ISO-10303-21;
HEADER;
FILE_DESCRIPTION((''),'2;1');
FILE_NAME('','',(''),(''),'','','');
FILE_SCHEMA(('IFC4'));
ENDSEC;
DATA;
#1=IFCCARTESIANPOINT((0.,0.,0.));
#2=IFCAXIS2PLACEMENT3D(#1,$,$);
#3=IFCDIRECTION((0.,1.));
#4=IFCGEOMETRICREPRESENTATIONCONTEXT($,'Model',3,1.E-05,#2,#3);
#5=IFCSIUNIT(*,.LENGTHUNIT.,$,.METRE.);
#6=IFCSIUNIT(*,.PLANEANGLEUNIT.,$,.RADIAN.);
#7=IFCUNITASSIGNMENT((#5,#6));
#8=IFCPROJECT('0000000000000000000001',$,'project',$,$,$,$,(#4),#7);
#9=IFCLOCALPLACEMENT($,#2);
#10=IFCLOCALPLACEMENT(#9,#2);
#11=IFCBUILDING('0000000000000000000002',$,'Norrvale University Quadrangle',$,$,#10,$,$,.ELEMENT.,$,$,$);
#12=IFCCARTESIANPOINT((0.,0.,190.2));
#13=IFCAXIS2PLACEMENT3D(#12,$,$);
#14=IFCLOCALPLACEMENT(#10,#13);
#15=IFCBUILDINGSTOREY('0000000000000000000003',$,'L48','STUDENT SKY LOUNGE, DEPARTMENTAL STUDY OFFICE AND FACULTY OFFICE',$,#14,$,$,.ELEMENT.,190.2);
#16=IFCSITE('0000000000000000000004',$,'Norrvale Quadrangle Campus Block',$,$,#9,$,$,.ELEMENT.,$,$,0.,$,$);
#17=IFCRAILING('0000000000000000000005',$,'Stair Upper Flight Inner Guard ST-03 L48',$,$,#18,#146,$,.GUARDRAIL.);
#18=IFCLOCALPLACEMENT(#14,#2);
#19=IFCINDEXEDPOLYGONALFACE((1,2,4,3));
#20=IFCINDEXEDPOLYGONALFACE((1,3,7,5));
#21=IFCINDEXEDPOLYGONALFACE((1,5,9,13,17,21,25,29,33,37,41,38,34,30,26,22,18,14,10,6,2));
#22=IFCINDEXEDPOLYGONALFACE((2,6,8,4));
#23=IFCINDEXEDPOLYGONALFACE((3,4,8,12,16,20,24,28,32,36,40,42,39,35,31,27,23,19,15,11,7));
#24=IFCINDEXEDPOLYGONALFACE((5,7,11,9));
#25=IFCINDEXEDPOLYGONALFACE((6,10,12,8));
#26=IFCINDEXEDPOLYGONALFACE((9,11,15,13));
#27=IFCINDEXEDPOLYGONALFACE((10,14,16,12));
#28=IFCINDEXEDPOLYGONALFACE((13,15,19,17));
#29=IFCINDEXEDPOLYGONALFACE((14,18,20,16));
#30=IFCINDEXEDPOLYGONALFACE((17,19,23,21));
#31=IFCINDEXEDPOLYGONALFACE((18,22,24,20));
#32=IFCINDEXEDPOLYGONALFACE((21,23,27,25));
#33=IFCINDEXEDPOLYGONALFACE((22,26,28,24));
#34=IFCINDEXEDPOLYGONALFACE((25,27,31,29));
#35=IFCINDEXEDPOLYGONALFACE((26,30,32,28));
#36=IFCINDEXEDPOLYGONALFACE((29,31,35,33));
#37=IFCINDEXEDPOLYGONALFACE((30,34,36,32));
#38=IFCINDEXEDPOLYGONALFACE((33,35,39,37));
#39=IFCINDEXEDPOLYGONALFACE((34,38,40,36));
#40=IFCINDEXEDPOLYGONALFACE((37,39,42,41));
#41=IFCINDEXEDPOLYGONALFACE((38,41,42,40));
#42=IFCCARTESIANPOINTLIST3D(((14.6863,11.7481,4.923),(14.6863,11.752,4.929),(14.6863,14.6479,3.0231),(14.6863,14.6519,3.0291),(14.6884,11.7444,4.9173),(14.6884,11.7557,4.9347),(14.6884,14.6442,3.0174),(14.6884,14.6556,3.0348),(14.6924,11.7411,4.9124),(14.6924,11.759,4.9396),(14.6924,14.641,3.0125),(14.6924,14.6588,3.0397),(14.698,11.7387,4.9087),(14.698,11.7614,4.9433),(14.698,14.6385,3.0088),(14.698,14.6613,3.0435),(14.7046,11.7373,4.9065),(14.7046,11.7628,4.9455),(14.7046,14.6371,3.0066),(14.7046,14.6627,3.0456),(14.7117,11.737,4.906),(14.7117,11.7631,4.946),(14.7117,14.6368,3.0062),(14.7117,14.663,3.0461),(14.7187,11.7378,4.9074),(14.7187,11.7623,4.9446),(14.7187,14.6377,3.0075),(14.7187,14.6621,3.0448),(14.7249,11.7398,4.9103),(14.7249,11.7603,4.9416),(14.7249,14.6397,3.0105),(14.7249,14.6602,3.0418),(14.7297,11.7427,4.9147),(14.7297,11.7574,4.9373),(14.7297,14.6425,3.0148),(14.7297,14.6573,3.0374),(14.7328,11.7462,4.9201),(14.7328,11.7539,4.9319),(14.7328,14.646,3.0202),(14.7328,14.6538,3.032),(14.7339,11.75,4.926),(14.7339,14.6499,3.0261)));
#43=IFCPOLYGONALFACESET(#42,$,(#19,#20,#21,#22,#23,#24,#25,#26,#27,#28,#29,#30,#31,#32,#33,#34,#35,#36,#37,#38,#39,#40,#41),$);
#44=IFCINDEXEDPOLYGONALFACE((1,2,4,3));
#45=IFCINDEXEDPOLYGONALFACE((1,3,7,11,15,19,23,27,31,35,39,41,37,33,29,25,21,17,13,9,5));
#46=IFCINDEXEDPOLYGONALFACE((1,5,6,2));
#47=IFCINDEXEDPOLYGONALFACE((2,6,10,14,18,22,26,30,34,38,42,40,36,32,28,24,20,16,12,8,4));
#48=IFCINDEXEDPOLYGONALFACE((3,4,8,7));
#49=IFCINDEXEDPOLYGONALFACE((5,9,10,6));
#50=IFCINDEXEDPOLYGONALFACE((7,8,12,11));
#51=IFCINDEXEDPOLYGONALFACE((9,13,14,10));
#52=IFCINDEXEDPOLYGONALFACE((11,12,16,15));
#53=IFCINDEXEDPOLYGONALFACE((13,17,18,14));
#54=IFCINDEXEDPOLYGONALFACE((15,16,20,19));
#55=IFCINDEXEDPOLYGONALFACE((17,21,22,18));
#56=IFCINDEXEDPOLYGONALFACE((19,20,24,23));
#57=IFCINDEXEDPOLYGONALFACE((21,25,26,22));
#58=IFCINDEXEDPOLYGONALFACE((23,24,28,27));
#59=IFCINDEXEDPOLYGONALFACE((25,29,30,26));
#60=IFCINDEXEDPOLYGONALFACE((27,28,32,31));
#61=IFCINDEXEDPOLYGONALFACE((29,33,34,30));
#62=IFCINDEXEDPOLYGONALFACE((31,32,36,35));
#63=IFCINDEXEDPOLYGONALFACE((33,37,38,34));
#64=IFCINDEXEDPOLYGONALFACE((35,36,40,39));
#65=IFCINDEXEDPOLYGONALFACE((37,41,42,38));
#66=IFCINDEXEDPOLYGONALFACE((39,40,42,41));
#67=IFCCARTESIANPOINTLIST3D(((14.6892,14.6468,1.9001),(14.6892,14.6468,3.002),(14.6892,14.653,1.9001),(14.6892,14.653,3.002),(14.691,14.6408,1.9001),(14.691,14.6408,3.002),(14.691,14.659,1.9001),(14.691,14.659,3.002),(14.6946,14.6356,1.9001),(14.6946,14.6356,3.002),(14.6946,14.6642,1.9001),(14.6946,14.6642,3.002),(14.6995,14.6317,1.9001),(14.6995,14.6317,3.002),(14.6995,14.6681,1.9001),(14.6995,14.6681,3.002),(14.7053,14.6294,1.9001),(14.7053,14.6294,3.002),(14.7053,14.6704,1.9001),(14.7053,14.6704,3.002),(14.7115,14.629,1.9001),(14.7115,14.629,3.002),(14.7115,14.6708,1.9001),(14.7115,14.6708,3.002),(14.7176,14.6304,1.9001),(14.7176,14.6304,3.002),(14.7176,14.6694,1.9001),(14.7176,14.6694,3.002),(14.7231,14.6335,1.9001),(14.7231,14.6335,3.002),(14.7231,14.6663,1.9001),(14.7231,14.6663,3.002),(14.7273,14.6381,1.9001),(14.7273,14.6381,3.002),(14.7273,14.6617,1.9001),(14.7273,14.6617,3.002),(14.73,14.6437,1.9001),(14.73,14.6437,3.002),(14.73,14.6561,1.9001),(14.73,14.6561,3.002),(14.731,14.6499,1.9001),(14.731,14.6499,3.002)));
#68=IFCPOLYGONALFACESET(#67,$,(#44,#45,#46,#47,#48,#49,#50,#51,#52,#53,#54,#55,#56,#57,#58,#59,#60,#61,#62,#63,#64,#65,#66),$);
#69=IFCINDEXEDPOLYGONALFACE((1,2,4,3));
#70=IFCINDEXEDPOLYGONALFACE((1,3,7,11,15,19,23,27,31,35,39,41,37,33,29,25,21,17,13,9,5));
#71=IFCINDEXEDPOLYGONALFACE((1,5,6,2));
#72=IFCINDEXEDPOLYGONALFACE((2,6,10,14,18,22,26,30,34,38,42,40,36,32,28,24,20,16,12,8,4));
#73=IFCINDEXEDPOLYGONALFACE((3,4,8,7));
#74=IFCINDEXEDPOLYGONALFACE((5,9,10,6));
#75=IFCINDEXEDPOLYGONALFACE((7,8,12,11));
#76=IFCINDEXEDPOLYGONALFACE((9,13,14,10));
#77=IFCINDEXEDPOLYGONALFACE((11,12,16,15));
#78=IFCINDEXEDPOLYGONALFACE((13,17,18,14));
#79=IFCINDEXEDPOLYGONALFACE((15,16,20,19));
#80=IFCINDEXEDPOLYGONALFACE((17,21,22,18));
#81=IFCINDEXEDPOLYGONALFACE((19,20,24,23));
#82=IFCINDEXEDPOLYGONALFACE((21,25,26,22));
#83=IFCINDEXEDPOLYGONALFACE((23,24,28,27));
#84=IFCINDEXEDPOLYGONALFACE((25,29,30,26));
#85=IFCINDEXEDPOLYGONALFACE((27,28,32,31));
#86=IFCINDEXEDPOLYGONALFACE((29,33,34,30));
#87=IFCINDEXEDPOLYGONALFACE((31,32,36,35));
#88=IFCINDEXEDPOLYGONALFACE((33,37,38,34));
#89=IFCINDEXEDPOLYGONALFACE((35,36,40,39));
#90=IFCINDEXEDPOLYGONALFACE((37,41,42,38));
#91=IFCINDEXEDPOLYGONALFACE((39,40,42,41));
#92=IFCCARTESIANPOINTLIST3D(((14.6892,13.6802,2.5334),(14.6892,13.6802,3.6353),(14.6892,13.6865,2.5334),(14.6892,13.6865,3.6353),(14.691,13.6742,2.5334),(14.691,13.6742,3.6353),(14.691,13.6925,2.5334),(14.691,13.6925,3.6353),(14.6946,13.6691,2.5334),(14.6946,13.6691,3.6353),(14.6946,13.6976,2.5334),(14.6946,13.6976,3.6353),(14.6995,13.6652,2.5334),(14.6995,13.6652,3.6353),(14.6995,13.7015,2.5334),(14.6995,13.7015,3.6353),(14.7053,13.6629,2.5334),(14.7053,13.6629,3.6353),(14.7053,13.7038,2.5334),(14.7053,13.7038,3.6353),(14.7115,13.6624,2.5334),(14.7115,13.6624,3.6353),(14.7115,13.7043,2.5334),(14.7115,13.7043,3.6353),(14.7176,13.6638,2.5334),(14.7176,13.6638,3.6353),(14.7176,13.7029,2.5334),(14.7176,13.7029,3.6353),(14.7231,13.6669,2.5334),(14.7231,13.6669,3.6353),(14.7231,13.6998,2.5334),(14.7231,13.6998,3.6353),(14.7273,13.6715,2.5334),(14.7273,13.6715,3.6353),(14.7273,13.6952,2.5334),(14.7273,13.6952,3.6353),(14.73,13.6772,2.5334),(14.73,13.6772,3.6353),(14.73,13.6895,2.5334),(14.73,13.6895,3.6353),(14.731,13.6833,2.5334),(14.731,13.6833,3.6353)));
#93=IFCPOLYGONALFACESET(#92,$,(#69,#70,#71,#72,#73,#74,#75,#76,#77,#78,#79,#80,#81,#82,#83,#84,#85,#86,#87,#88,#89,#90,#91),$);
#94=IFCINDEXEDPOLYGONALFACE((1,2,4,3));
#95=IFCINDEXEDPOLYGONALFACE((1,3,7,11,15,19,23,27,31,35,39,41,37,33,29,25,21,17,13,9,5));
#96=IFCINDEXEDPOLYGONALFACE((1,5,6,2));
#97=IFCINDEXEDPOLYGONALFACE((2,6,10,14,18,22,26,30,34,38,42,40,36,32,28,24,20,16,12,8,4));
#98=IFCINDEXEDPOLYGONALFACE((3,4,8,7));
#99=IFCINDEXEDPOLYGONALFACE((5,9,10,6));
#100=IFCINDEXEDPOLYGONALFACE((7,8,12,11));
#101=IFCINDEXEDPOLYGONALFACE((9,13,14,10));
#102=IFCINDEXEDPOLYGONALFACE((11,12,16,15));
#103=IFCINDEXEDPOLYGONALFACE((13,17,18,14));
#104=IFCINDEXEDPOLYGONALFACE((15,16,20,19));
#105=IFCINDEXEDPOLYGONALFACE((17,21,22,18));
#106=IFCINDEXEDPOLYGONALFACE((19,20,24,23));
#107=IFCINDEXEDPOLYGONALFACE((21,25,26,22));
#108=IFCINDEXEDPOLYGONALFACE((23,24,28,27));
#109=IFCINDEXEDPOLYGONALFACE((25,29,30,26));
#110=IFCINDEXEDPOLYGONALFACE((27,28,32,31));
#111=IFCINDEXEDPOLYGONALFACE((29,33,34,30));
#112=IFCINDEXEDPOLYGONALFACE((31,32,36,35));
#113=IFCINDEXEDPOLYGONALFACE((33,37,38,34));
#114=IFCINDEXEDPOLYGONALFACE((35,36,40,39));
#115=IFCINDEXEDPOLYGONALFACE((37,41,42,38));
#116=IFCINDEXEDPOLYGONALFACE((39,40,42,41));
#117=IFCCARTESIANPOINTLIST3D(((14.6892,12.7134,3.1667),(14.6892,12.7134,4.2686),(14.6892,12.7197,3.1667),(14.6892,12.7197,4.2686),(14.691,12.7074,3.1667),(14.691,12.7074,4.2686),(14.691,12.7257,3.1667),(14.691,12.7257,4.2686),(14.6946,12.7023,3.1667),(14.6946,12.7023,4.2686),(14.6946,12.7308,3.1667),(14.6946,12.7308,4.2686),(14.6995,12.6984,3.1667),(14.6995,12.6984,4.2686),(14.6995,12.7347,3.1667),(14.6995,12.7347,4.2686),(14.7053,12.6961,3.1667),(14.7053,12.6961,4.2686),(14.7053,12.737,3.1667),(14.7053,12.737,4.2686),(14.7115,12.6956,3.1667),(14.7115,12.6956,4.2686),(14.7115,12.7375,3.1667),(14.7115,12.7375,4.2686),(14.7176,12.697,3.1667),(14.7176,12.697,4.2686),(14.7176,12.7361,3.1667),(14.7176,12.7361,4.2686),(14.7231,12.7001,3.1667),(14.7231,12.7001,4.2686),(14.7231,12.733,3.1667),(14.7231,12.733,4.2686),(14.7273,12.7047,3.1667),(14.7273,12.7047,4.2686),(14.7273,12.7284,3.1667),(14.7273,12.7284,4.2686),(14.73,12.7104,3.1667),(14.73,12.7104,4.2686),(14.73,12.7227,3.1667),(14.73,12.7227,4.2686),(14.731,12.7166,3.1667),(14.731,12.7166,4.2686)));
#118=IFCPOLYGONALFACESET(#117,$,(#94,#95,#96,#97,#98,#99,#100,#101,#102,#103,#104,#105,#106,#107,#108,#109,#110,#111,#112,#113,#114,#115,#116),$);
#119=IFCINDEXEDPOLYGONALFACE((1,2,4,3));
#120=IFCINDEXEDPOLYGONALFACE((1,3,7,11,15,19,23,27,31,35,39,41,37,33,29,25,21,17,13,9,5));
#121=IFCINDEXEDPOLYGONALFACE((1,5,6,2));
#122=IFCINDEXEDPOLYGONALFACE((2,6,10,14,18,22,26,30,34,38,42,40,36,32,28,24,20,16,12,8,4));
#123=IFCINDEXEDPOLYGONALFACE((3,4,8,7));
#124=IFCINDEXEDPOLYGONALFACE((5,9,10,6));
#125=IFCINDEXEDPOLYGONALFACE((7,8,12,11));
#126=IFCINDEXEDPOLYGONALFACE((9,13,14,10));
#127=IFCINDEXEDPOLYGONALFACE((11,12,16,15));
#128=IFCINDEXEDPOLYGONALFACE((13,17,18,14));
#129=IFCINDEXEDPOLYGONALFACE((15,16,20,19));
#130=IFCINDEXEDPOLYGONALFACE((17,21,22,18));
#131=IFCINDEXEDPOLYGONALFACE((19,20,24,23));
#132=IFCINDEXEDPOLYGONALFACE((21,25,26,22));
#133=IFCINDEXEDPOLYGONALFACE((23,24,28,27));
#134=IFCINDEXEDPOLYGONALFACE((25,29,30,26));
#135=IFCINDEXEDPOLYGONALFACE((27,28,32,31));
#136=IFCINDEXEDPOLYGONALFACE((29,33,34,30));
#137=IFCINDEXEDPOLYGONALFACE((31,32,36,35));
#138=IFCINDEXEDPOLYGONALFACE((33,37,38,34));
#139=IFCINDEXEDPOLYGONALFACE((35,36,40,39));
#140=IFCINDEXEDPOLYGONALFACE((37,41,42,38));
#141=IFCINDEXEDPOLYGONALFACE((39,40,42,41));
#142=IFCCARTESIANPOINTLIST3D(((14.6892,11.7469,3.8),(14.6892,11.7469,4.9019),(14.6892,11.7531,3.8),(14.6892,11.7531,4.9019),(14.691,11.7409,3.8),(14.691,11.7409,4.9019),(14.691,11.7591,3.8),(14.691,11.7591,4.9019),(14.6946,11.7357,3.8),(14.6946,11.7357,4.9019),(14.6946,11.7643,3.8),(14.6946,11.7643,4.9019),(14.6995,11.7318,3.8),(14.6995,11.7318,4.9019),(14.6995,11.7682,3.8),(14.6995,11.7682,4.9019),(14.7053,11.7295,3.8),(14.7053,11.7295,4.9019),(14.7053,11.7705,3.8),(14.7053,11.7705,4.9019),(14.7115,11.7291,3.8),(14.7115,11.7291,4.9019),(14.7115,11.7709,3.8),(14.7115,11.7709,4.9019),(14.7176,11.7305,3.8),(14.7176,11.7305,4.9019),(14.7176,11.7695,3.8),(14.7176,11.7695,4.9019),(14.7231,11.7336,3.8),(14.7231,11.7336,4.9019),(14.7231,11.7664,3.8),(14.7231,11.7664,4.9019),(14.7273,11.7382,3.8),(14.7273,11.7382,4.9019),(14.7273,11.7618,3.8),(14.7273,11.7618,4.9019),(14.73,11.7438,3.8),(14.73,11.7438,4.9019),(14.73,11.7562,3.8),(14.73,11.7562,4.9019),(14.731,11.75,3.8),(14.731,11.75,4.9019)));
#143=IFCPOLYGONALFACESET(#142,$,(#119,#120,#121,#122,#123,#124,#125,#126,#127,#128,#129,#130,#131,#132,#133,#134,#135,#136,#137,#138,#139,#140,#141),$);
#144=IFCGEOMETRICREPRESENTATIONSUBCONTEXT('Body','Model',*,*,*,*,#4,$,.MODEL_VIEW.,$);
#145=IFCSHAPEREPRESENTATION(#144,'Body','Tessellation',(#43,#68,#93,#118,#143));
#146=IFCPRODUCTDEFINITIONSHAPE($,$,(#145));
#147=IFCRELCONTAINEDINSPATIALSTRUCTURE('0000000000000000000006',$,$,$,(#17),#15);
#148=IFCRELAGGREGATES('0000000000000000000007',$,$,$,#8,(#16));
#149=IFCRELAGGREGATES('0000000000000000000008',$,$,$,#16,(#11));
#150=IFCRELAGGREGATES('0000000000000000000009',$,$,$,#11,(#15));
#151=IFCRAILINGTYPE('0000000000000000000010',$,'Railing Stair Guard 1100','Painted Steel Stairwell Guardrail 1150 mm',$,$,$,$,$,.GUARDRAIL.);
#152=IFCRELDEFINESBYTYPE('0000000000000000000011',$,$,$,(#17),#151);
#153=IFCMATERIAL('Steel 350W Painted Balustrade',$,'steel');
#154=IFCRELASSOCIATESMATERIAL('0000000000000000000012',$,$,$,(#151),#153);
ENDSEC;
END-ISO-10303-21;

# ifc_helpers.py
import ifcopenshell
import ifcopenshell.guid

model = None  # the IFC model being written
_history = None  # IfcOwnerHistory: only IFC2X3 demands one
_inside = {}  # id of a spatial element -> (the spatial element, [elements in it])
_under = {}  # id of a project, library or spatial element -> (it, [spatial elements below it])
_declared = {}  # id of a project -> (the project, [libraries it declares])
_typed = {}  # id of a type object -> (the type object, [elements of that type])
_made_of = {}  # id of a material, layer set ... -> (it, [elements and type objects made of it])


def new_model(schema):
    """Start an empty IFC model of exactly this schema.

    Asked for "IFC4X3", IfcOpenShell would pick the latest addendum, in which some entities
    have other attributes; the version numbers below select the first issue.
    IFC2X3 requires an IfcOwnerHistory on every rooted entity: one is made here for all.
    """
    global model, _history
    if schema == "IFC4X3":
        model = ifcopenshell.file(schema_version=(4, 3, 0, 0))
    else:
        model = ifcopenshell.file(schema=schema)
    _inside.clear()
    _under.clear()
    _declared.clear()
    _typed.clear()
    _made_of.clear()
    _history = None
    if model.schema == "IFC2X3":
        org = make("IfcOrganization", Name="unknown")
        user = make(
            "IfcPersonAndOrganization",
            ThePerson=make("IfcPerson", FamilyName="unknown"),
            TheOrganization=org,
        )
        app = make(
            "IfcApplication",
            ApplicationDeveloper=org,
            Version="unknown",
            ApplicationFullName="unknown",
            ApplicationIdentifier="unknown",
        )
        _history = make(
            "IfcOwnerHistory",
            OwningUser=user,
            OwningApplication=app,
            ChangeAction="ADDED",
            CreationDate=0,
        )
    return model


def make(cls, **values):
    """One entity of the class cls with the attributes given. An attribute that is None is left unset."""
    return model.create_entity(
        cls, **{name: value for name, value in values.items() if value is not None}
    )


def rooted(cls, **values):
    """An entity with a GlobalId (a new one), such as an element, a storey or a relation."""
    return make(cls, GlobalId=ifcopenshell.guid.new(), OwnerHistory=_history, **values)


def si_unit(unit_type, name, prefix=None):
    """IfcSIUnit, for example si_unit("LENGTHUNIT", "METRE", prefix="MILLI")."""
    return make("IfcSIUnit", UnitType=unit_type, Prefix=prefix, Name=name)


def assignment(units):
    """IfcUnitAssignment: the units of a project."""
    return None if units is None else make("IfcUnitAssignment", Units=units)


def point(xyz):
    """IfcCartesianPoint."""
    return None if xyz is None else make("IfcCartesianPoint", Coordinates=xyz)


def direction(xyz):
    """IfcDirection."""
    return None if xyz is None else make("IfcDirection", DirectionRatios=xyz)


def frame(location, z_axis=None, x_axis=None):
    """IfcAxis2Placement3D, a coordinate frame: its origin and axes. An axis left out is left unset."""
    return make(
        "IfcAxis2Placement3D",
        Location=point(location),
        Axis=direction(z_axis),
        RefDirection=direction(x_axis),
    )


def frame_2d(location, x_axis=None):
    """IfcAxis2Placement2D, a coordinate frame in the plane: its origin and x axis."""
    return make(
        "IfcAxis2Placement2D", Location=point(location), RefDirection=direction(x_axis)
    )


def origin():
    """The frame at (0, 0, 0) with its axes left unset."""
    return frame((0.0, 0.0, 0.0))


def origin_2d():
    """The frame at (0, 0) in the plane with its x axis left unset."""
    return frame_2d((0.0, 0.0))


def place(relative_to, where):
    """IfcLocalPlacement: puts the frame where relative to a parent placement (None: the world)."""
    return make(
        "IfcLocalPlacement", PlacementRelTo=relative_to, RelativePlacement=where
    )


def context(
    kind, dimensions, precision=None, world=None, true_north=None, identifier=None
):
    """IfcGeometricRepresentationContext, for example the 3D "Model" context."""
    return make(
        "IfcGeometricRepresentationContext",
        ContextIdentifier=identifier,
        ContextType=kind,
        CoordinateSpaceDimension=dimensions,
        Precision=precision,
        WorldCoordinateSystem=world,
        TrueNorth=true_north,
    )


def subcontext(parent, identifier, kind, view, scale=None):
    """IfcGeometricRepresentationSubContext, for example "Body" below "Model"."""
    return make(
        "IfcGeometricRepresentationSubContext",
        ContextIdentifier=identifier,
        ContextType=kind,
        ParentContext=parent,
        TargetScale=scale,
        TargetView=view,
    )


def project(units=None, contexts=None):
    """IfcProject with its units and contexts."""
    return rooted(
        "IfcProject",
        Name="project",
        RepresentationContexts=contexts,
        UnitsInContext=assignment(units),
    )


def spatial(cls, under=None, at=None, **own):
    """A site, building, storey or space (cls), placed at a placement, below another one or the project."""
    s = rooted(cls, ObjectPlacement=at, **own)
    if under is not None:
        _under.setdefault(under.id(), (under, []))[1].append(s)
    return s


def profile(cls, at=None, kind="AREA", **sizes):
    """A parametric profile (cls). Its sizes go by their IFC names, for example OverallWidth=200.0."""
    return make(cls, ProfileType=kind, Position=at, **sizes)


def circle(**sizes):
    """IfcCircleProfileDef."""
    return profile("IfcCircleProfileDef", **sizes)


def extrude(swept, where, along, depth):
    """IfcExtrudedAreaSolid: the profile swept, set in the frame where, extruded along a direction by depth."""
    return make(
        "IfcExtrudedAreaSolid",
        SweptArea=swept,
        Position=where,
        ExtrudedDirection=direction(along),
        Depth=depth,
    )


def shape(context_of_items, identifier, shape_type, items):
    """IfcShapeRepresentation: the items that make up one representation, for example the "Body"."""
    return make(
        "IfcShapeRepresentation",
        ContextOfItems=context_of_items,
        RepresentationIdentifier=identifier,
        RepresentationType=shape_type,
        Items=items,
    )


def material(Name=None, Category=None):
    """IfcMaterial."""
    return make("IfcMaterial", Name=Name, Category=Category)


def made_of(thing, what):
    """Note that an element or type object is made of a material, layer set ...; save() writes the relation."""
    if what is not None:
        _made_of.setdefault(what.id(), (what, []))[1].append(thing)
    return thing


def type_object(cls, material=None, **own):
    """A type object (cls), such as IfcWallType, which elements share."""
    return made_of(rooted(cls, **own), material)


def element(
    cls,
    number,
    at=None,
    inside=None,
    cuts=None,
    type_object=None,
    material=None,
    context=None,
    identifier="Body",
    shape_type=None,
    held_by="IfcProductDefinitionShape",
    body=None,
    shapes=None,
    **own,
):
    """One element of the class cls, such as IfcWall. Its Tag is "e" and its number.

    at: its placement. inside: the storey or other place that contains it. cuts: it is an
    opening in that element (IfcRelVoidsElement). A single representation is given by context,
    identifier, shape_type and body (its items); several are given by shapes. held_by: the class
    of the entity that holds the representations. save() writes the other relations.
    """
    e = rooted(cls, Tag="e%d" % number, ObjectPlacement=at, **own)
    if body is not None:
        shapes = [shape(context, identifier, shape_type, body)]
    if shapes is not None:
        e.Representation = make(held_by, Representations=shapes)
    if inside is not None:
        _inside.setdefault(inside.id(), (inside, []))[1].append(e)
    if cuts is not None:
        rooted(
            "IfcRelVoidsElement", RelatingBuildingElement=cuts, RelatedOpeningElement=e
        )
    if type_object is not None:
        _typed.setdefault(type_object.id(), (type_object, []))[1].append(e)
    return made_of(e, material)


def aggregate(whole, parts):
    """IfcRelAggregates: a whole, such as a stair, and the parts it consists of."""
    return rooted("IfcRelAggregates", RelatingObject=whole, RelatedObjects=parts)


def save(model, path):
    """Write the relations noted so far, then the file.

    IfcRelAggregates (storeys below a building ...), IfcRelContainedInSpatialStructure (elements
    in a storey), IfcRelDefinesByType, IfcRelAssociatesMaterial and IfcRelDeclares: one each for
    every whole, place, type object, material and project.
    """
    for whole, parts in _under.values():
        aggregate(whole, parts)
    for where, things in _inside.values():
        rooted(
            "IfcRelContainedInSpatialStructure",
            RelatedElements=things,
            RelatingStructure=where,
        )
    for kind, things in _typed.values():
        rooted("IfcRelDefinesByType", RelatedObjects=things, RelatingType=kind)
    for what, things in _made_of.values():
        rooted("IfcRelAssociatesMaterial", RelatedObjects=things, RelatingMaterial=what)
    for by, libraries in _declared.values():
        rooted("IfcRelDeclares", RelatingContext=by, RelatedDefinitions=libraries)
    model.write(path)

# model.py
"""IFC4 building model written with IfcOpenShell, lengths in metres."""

from ifc_helpers import new_model, si_unit, direction, frame, origin, origin_2d, place, context, subcontext, project, spatial, circle, extrude, material, type_object, element, save


model = new_model("IFC4")

# Units and contexts
model_context = context("Model", 3, precision=1e-05, world=origin(), true_north=direction((0.0, 1.0)))
body_context = subcontext(model_context, "Body", "Model", "MODEL_VIEW")
ifc_project = project(units=[si_unit("LENGTHUNIT", "METRE"), si_unit("PLANEANGLEUNIT", "RADIAN")], contexts=[model_context])

# Site, building, storey
site_placement = place(None, origin())
site = spatial("IfcSite", under=ifc_project, at=site_placement, Name="Norrvale Quadrangle Campus Block", CompositionType="ELEMENT", RefElevation=0.0)
building_placement = place(site_placement, origin())
building = spatial("IfcBuilding", under=site, at=building_placement, Name="Norrvale University Quadrangle", CompositionType="ELEMENT")
storey_placement = place(building_placement, frame((0.0, 0.0, 190.2)))
storey = spatial("IfcBuildingStorey", under=building, at=storey_placement, Name="L48", Description="STUDENT SKY LOUNGE, DEPARTMENTAL STUDY OFFICE AND FACULTY OFFICE", CompositionType="ELEMENT", Elevation=190.2)

# Railing
ifc_material_1 = material(Name="Steel 350W Painted Balustrade", Category="steel")
railing_type_1 = type_object("IfcRailingType", Name="Railing Stair Guard 1100", Description="Painted Steel Stairwell Guardrail 1150 mm", PredefinedType="GUARDRAIL", material=ifc_material_1)
railing_1_placement = place(storey_placement, frame((14.71, 14.6499, 1.9001)))
element("IfcRailing", 1, at=railing_1_placement, inside=storey, type_object=railing_type_1, Name="Stair Upper Flight Inner Guard ST-03 L48", PredefinedType="GUARDRAIL", context=body_context, shape_type="SweptSolid", body=[
    extrude(circle(Radius=0.0239, at=origin_2d()), frame((0.0, 0.0, 1.126), z_axis=(0.0, -0.836466, 0.548019), x_axis=(1.0, 0.0, 0.0)), (0.0, 0.0, 1.0), 3.4668),
    extrude(circle(Radius=0.021, at=origin_2d()), origin(), (0.0, 0.0, 1.0), 1.1018),
    extrude(circle(Radius=0.021, at=origin_2d()), frame((0.0, -0.9666, 0.6333)), (0.0, 0.0, 1.0), 1.1018),
    extrude(circle(Radius=0.021, at=origin_2d()), frame((0.0, -1.9333, 1.2666)), (0.0, 0.0, 1.0), 1.1018),
    extrude(circle(Radius=0.021, at=origin_2d()), frame((0.0, -2.8999, 1.8999)), (0.0, 0.0, 1.0), 1.1018),
])

save(model, "model.ifc")
